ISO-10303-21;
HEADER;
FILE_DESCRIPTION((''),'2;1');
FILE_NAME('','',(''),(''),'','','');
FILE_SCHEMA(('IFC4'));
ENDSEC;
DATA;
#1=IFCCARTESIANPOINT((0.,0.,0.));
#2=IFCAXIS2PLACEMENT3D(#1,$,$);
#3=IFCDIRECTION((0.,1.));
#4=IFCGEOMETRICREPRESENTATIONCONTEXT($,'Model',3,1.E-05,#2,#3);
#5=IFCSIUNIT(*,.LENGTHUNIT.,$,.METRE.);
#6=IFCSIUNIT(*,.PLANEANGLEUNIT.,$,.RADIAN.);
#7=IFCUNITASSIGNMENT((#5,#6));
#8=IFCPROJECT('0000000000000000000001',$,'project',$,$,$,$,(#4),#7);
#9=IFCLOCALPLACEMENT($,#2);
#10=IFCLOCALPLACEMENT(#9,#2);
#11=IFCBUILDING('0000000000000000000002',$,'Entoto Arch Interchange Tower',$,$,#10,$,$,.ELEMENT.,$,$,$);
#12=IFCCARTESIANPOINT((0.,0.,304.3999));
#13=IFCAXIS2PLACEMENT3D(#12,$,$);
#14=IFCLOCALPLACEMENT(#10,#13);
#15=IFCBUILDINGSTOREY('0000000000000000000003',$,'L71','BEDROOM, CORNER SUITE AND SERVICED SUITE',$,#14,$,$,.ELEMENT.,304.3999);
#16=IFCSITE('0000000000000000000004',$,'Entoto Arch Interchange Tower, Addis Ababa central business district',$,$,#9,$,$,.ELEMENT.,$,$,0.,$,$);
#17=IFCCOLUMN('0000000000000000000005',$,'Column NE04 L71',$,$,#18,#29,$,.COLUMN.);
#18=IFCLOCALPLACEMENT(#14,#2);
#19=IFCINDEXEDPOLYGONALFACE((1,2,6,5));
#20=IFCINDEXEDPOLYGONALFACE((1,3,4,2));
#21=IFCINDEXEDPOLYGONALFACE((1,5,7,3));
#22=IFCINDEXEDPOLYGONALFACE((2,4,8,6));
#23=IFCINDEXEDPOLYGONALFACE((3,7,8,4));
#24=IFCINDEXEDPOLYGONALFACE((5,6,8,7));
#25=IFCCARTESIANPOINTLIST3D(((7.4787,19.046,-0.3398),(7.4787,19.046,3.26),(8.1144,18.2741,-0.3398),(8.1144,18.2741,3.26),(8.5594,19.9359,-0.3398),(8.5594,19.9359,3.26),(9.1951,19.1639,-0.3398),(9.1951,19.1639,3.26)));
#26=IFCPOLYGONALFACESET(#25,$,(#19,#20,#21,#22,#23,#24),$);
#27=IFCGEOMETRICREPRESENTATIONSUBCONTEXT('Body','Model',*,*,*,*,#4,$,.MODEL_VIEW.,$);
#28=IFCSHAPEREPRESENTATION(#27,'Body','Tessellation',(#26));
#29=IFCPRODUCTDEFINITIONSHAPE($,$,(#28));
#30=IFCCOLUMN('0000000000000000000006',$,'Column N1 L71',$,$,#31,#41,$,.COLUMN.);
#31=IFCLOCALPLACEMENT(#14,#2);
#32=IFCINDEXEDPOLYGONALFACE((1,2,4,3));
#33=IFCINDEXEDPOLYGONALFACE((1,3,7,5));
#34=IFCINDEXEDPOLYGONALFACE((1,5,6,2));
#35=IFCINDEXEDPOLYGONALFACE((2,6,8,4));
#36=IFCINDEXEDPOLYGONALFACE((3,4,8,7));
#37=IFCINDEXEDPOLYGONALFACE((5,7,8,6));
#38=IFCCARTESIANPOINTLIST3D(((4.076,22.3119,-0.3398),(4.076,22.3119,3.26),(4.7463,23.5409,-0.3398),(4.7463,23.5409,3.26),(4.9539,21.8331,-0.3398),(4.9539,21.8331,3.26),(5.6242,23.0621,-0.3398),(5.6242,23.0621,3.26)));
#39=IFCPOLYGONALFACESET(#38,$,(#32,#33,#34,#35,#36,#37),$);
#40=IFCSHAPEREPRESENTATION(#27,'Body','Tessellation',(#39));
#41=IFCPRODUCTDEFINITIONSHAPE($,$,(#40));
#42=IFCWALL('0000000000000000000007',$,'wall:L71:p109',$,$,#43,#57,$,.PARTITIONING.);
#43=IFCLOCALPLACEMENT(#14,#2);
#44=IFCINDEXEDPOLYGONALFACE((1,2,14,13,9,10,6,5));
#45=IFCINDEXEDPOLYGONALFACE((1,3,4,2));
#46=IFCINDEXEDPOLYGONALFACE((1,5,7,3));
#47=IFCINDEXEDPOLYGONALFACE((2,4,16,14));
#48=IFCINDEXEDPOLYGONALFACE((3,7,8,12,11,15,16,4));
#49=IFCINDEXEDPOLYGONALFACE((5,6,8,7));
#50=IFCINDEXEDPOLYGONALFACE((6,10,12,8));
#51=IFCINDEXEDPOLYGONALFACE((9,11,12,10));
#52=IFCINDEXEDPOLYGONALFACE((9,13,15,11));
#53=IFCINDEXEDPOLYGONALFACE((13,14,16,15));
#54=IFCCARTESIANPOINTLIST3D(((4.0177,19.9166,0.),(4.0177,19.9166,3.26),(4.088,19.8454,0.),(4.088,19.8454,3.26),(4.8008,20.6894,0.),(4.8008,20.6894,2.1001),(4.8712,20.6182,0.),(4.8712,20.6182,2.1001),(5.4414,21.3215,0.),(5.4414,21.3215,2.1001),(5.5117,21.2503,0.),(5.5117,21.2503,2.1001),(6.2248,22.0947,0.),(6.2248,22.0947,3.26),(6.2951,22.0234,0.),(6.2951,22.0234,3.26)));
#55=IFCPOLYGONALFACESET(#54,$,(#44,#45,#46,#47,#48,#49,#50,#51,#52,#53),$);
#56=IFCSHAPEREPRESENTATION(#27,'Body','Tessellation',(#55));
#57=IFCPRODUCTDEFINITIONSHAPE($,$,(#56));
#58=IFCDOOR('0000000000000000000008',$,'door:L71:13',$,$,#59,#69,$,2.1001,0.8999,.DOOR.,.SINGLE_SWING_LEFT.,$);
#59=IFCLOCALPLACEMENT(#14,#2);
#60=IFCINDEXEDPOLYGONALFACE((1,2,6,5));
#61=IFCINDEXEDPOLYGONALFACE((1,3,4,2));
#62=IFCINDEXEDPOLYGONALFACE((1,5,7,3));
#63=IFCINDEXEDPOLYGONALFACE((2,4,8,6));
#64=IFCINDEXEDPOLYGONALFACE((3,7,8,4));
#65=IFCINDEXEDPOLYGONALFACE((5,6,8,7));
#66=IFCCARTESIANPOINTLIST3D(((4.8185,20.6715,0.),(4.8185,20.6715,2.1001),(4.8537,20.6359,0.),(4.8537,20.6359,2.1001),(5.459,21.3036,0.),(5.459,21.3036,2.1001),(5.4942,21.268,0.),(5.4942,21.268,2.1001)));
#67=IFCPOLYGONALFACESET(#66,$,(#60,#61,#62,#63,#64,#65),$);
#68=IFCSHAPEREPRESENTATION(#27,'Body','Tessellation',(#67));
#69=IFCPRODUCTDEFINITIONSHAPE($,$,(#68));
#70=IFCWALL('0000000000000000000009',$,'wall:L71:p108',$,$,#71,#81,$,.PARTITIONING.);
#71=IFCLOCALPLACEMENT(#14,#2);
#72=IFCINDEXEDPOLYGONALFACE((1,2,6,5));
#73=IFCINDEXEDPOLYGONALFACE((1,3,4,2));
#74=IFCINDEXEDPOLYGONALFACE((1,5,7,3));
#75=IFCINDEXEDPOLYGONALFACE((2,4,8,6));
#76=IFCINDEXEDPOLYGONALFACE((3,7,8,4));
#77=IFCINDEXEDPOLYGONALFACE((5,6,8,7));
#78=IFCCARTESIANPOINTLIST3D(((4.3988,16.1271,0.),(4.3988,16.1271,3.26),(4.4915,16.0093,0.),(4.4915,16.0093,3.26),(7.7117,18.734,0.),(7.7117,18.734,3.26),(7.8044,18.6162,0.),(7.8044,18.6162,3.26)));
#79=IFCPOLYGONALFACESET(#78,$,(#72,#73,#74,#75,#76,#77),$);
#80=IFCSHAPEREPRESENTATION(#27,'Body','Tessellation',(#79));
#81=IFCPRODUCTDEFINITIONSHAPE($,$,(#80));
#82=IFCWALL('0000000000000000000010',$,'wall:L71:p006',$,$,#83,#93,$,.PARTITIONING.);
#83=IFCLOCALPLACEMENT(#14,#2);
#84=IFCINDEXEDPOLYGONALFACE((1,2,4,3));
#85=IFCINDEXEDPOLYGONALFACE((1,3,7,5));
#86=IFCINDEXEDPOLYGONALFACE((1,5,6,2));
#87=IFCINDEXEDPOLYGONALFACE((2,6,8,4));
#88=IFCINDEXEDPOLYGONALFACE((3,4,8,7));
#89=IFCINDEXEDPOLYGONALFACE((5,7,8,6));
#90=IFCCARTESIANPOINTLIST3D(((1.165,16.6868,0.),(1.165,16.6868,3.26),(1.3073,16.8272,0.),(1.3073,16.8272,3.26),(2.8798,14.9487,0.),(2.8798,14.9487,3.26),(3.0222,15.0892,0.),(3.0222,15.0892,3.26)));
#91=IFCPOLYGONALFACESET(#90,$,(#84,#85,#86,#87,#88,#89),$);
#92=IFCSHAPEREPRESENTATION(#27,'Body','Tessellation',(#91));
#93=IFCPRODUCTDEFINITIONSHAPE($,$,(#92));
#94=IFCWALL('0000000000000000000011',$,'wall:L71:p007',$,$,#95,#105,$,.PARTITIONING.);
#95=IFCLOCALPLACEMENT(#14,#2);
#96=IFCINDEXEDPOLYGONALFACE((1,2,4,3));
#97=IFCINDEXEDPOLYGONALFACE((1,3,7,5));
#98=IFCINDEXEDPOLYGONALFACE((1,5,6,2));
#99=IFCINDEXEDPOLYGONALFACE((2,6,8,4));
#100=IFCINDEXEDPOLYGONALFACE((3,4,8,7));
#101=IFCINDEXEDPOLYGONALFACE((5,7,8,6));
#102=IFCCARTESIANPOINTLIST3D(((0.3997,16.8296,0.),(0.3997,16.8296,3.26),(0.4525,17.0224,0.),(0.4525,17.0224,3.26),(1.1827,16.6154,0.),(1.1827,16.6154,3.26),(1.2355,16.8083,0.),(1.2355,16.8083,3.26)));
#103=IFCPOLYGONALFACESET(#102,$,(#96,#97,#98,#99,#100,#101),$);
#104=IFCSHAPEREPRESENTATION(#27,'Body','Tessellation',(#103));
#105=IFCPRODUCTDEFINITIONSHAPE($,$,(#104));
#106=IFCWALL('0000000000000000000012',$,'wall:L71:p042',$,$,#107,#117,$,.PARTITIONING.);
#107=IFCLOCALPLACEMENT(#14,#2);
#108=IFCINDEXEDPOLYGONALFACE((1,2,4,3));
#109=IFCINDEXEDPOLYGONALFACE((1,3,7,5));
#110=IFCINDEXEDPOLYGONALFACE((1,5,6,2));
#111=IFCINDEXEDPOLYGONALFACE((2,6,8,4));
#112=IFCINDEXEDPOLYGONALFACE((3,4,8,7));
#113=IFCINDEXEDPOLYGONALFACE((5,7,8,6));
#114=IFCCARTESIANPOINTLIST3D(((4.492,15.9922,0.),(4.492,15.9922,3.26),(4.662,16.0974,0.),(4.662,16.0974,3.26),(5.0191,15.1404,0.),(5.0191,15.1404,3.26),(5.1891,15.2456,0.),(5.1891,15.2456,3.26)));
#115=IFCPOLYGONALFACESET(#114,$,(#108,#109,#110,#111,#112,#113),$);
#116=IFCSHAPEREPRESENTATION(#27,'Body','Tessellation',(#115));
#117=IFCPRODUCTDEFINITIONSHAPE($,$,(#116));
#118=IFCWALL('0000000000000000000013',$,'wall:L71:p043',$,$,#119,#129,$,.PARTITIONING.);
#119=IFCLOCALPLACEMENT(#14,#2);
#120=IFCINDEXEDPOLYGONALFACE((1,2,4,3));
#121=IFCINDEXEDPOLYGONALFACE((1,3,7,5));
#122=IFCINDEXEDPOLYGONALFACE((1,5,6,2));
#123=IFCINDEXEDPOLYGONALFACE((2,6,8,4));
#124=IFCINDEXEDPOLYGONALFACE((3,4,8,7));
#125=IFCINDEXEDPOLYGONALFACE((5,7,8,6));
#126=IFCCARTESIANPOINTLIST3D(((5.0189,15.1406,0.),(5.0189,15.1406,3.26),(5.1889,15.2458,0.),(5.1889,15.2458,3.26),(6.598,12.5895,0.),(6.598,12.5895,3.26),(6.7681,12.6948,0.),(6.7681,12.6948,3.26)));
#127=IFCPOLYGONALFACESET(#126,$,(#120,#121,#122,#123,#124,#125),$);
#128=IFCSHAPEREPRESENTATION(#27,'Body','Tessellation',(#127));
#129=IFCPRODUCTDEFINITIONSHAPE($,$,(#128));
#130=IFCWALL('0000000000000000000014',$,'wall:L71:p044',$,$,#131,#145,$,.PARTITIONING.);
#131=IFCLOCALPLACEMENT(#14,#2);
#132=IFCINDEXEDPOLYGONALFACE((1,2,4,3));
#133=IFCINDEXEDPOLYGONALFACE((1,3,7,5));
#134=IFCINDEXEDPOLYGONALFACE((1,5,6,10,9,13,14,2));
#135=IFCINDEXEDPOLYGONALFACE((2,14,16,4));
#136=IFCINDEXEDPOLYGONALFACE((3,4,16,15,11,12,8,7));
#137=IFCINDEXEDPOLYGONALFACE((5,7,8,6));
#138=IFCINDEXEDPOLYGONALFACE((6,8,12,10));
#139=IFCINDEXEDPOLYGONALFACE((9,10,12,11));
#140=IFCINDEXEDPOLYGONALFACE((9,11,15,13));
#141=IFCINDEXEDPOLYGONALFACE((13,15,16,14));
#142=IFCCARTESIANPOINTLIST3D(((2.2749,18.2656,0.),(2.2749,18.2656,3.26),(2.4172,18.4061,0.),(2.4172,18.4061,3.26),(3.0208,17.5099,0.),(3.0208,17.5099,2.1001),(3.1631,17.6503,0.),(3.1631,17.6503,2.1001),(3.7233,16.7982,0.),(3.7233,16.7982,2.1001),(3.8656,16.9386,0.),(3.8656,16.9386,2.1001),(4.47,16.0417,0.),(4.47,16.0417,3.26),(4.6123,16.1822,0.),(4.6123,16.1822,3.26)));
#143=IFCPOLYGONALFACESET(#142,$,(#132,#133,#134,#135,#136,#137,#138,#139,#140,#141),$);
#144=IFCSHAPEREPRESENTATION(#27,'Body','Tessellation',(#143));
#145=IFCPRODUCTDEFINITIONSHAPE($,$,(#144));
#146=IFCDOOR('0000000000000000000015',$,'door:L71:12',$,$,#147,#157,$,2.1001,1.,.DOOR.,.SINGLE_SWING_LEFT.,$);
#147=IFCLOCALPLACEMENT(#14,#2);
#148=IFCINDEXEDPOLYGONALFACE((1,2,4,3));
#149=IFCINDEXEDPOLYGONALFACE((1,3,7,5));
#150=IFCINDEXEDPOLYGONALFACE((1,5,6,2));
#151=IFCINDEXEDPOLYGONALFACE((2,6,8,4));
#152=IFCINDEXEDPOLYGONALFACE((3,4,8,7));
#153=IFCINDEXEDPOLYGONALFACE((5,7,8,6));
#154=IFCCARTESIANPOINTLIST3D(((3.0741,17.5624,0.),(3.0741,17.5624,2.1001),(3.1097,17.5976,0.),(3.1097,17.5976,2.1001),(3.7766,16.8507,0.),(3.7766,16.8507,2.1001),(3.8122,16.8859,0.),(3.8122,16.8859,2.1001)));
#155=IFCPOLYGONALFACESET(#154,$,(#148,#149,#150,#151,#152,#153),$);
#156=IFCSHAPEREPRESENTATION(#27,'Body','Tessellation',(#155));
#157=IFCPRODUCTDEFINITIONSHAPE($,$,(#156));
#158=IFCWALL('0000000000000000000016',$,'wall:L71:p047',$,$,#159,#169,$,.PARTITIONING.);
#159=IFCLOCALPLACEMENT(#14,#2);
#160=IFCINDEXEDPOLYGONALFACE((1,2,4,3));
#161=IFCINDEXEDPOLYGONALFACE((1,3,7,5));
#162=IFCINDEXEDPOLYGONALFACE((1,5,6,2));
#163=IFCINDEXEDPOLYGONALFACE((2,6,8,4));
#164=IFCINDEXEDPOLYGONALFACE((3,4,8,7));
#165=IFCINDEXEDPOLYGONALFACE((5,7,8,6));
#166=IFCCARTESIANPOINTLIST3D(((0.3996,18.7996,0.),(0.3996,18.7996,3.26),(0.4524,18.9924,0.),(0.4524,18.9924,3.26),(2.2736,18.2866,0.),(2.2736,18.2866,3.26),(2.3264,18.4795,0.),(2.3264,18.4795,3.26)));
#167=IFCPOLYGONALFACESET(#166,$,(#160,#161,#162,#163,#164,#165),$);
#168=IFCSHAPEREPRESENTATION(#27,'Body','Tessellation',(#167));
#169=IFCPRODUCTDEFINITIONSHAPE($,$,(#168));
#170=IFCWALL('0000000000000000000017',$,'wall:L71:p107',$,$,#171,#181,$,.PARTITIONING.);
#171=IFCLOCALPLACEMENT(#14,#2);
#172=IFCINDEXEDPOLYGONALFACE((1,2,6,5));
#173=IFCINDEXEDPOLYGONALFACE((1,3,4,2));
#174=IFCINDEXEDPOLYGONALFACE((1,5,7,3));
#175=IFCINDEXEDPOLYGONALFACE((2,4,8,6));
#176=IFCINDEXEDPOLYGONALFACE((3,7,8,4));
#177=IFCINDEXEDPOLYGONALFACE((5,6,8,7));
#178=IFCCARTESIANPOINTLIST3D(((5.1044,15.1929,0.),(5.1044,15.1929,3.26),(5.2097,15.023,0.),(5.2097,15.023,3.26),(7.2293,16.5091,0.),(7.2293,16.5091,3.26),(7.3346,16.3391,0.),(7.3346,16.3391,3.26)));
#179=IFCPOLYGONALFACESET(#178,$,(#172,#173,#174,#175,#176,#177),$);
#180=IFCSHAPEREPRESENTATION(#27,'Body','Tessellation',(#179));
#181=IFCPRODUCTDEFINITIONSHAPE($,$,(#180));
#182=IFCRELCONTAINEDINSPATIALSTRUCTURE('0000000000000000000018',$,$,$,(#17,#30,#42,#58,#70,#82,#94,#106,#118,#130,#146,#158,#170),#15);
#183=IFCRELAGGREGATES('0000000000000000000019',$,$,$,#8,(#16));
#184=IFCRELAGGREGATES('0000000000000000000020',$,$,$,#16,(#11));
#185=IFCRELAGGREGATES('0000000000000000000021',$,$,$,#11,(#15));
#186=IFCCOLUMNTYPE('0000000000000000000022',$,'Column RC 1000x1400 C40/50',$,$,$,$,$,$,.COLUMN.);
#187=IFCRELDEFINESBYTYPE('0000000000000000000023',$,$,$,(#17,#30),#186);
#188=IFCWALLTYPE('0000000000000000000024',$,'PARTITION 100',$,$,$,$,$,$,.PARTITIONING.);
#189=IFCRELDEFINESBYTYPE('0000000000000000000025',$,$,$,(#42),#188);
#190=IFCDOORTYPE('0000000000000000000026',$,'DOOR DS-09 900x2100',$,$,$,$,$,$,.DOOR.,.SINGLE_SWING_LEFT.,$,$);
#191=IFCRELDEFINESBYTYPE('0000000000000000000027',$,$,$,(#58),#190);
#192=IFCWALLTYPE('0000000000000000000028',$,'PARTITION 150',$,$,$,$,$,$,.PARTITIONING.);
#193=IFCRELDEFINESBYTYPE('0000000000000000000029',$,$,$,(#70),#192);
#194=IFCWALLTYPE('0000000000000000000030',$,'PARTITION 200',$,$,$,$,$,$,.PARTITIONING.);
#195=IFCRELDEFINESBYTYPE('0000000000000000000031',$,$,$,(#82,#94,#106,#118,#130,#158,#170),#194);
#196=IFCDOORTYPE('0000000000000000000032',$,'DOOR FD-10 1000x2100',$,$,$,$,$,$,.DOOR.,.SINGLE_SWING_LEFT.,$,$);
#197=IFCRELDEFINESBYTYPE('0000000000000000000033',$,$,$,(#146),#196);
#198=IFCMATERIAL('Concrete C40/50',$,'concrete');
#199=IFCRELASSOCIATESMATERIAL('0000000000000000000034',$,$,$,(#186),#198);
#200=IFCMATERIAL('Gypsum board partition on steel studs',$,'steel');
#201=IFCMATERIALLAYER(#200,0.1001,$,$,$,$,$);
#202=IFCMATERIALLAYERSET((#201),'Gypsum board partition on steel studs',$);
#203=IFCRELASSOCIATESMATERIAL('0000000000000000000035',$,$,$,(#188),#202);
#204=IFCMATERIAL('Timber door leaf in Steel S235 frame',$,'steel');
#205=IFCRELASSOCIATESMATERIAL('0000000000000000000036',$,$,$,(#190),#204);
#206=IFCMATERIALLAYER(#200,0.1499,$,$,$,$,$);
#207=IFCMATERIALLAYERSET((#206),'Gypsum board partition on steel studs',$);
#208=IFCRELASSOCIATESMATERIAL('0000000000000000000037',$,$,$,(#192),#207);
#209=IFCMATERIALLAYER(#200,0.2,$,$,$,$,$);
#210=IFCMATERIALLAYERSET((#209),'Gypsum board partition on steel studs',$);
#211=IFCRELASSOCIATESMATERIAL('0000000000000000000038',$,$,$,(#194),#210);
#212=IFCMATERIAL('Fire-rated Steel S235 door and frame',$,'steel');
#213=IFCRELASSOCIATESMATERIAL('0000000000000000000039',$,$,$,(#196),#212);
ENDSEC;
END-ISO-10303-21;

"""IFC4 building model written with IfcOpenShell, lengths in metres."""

from ifc_helpers import new_model, si_unit, direction, frame, frame_2d, origin, origin_2d, place, context, subcontext, project, spatial, rectangle, extrude, material, layer, layer_set, material_profile, profile_set, type_object, element, fill, save


model = new_model("IFC4")

# Units and contexts
model_context = context("Model", 3, precision=1e-05, world=origin(), true_north=direction((0.0, 1.0)))
body_context = subcontext(model_context, "Body", "Model", "MODEL_VIEW")
ifc_project = project(units=[si_unit("LENGTHUNIT", "METRE"), si_unit("PLANEANGLEUNIT", "RADIAN")], contexts=[model_context])

# Site, building, storey
site_placement = place(None, origin())
site = spatial("IfcSite", under=ifc_project, at=site_placement, Name="Entoto Arch Interchange Tower, Addis Ababa central business district", CompositionType="ELEMENT", RefElevation=0.0)
building_placement = place(site_placement, origin())
building = spatial("IfcBuilding", under=site, at=building_placement, Name="Entoto Arch Interchange Tower", CompositionType="ELEMENT")
storey_placement = place(building_placement, frame((0.0, 0.0, 304.3999)))
storey = spatial("IfcBuildingStorey", under=building, at=storey_placement, Name="L71", Description="BEDROOM, CORNER SUITE AND SERVICED SUITE", CompositionType="ELEMENT", Elevation=304.3999)

# Columns
ifc_material_1 = material(Name="Concrete C40/50", Category="concrete")
ifc_material_profile = material_profile(ifc_material_1, rectangle(XDim=1.0, YDim=1.3999, at=origin_2d()))
ifc_profile_set = profile_set([ifc_material_profile], Name="Concrete C40/50")
column_type = type_object("IfcColumnType", Name="Column RC 1000x1400 C40/50", PredefinedType="COLUMN", material=ifc_profile_set)
for number, where, z_axis, x_axis, name in (
    (1, (8.3369, 19.105, -0.3398), (0.0, 0.0, 1.0), (-0.635647, 0.77198, 0.0), "Column NE04 L71"),
    (2, (4.8501, 22.687, -0.3398), (0.0, 0.0, 1.0), (-0.877899, 0.478845, 0.0), "Column N1 L71"),
):
    element("IfcColumn", number, at=place(storey_placement, frame(where, z_axis=z_axis, x_axis=x_axis)), inside=storey, type_object=column_type, Name=name, PredefinedType="COLUMN", context=body_context, shape_type="SweptSolid", body=[
        extrude(rectangle(XDim=1.0, YDim=1.3999, at=origin_2d()), origin(), (0.0, 0.0, 1.0), 3.5999),
    ])

# Wall, opening, door
ifc_material_2 = material(Name="Gypsum board partition on steel studs", Category="steel")
ifc_layer_1 = layer(ifc_material_2, 0.1001)
ifc_layer_set_1 = layer_set([ifc_layer_1], Name="Gypsum board partition on steel studs")
wall_type_1 = type_object("IfcWallType", Name="PARTITION 100", PredefinedType="PARTITIONING", material=ifc_layer_set_1)
wall_1_placement = place(storey_placement, frame((4.053, 19.8811, 0.0), z_axis=(0.0, 0.0, 1.0), x_axis=(0.711776, 0.702406, 0.0)))
wall_1 = element("IfcWall", 3, at=wall_1_placement, inside=storey, type_object=wall_type_1, Name="wall:L71:p109", PredefinedType="PARTITIONING", context=body_context, shape_type="SweptSolid", body=[
    extrude(rectangle(XDim=3.1008, YDim=0.1001, at=frame_2d((1.5503, 0.0))), origin(), (0.0, 0.0, 1.0), 3.26),
])
opening_1_placement = place(wall_1_placement, frame((1.1001, 0.0, 0.0)))
opening_1 = element("IfcOpeningElement", 4, at=opening_1_placement, cuts=wall_1, PredefinedType="OPENING", context=body_context, shape_type="SweptSolid", body=[
    extrude(rectangle(XDim=0.8999, YDim=2.1001, at=frame_2d((0.45, 1.05))), frame((0.0, 0.0601, 0.0), z_axis=(0.0, -1.0, 0.0), x_axis=(1.0, 0.0, 0.0)), (0.0, 0.0, 1.0), 0.1201),
])
ifc_material_3 = material(Name="Timber door leaf in Steel S235 frame", Category="steel")
door_type_1 = type_object("IfcDoorType", Name="DOOR DS-09 900x2100", OperationType="SINGLE_SWING_LEFT", PredefinedType="DOOR", material=ifc_material_3)
door_1_placement = place(opening_1_placement, origin())
door_1 = element("IfcDoor", 5, at=door_1_placement, inside=storey, type_object=door_type_1, Name="door:L71:13", OperationType="SINGLE_SWING_LEFT", OverallHeight=2.1001, OverallWidth=0.8999, PredefinedType="DOOR", context=body_context, shape_type="SweptSolid", body=[
    extrude(rectangle(XDim=0.8999, YDim=2.1001, at=frame_2d((0.45, 1.05))), frame((0.0, 0.0249, 0.0), z_axis=(0.0, -1.0, 0.0), x_axis=(1.0, 0.0, 0.0)), (0.0, 0.0, 1.0), 0.05),
])
fill(opening_1, door_1)

# Walls
ifc_layer_2 = layer(ifc_material_2, 0.1499)
ifc_layer_set_2 = layer_set([ifc_layer_2], Name="Gypsum board partition on steel studs")
wall_type_2 = type_object("IfcWallType", Name="PARTITION 150", PredefinedType="PARTITIONING", material=ifc_layer_set_2)
wall_2_placement = place(storey_placement, frame((4.4451, 16.0681, 0.0), z_axis=(0.0, 0.0, 1.0), x_axis=(0.785872, 0.618389, 0.0)))
element("IfcWall", 6, at=wall_2_placement, inside=storey, type_object=wall_type_2, Name="wall:L71:p108", PredefinedType="PARTITIONING", context=body_context, shape_type="SweptSolid", body=[
    extrude(rectangle(XDim=4.2156, YDim=0.1499, at=frame_2d((2.1079, 0.0))), origin(), (0.0, 0.0, 1.0), 3.26),
])
ifc_layer_3 = layer(ifc_material_2, 0.2)
ifc_layer_set_3 = layer_set([ifc_layer_3], Name="Gypsum board partition on steel studs")
wall_type_3 = type_object("IfcWallType", Name="PARTITION 200", PredefinedType="PARTITIONING", material=ifc_layer_set_3)
wall_3_placement = place(storey_placement, frame((2.9509, 15.019, 0.0), z_axis=(0.0, 0.0, 1.0), x_axis=(-0.702341, 0.71184, 0.0)))
element("IfcWall", 7, at=wall_3_placement, inside=storey, type_object=wall_type_3, Name="wall:L71:p006", PredefinedType="PARTITIONING", context=body_context, shape_type="SweptSolid", body=[
    extrude(rectangle(XDim=2.4417, YDim=0.2, at=frame_2d((1.2207, 0.0))), origin(), (0.0, 0.0, 1.0), 3.26),
])
wall_4_placement = place(storey_placement, frame((1.209, 16.7119, 0.0), z_axis=(0.0, 0.0, 1.0), x_axis=(-0.964583, 0.263779, 0.0)))
element("IfcWall", 8, at=wall_4_placement, inside=storey, type_object=wall_type_3, Name="wall:L71:p007", PredefinedType="PARTITIONING", context=body_context, shape_type="SweptSolid", body=[
    extrude(rectangle(XDim=0.8118, YDim=0.2, at=frame_2d((0.4058, 0.0))), origin(), (0.0, 0.0, 1.0), 3.26),
])
wall_5_placement = place(storey_placement, frame((4.5769, 16.0449, 0.0), z_axis=(0.0, 0.0, 1.0), x_axis=(0.526204, -0.850359, 0.0)))
element("IfcWall", 9, at=wall_5_placement, inside=storey, type_object=wall_type_3, Name="wall:L71:p042", PredefinedType="PARTITIONING", context=body_context, shape_type="SweptSolid", body=[
    extrude(rectangle(XDim=1.0017, YDim=0.2, at=frame_2d((0.501, 0.0))), origin(), (0.0, 0.0, 1.0), 3.26),
])
wall_6_placement = place(storey_placement, frame((5.104, 15.1931, 0.0), z_axis=(0.0, 0.0, 1.0), x_axis=(0.526329, -0.850281, 0.0)))
element("IfcWall", 10, at=wall_6_placement, inside=storey, type_object=wall_type_3, Name="wall:L71:p043", PredefinedType="PARTITIONING", context=body_context, shape_type="SweptSolid", body=[
    extrude(rectangle(XDim=3.0002, YDim=0.2, at=frame_2d((1.5, 0.0))), origin(), (0.0, 0.0, 1.0), 3.26),
])

# Wall, opening, door
wall_7_placement = place(storey_placement, frame((2.3459, 18.3359, 0.0), z_axis=(0.0, 0.0, 1.0), x_axis=(0.702482, -0.711702, 0.0)))
wall_7 = element("IfcWall", 11, at=wall_7_placement, inside=storey, type_object=wall_type_3, Name="wall:L71:p044", PredefinedType="PARTITIONING", context=body_context, shape_type="SweptSolid", body=[
    extrude(rectangle(XDim=3.1248, YDim=0.2, at=frame_2d((1.5625, 0.0))), origin(), (0.0, 0.0, 1.0), 3.26),
])
opening_2_placement = place(wall_7_placement, frame((1.062, 0.0, 0.0)))
opening_2 = element("IfcOpeningElement", 12, at=opening_2_placement, cuts=wall_7, PredefinedType="OPENING", context=body_context, shape_type="SweptSolid", body=[
    extrude(rectangle(XDim=1.0, YDim=2.1001, at=frame_2d((0.5, 1.05))), frame((0.0, 0.1099, 0.0), z_axis=(0.0, -1.0, 0.0), x_axis=(1.0, 0.0, 0.0)), (0.0, 0.0, 1.0), 0.22),
])
ifc_material_4 = material(Name="Fire-rated Steel S235 door and frame", Category="steel")
door_type_2 = type_object("IfcDoorType", Name="DOOR FD-10 1000x2100", OperationType="SINGLE_SWING_LEFT", PredefinedType="DOOR", material=ifc_material_4)
door_2_placement = place(opening_2_placement, origin())
door_2 = element("IfcDoor", 13, at=door_2_placement, inside=storey, type_object=door_type_2, Name="door:L71:12", OperationType="SINGLE_SWING_LEFT", OverallHeight=2.1001, OverallWidth=1.0, PredefinedType="DOOR", context=body_context, shape_type="SweptSolid", body=[
    extrude(rectangle(XDim=1.0, YDim=2.1001, at=frame_2d((0.5, 1.05))), frame((0.0, 0.0249, 0.0), z_axis=(0.0, -1.0, 0.0), x_axis=(1.0, 0.0, 0.0)), (0.0, 0.0, 1.0), 0.05),
])
fill(opening_2, door_2)

# Walls
wall_8_placement = place(storey_placement, frame((0.426, 18.896, 0.0), z_axis=(0.0, 0.0, 1.0), x_axis=(0.964523, -0.264, 0.0)))
element("IfcWall", 14, at=wall_8_placement, inside=storey, type_object=wall_type_3, Name="wall:L71:p047", PredefinedType="PARTITIONING", context=body_context, shape_type="SweptSolid", body=[
    extrude(rectangle(XDim=1.9429, YDim=0.2, at=frame_2d((0.9714, 0.0))), origin(), (0.0, 0.0, 1.0), 3.26),
])
wall_9_placement = place(storey_placement, frame((7.282, 16.4241, 0.0), z_axis=(0.0, 0.0, 1.0), x_axis=(-0.850142, -0.526553, 0.0)))
element("IfcWall", 15, at=wall_9_placement, inside=storey, type_object=wall_type_3, Name="wall:L71:p107", PredefinedType="PARTITIONING", context=body_context, shape_type="SweptSolid", body=[
    extrude(rectangle(XDim=2.4995, YDim=0.2, at=frame_2d((1.2498, 0.0))), origin(), (0.0, 0.0, 1.0), 3.26),
])

save(model, "model.ifc")
